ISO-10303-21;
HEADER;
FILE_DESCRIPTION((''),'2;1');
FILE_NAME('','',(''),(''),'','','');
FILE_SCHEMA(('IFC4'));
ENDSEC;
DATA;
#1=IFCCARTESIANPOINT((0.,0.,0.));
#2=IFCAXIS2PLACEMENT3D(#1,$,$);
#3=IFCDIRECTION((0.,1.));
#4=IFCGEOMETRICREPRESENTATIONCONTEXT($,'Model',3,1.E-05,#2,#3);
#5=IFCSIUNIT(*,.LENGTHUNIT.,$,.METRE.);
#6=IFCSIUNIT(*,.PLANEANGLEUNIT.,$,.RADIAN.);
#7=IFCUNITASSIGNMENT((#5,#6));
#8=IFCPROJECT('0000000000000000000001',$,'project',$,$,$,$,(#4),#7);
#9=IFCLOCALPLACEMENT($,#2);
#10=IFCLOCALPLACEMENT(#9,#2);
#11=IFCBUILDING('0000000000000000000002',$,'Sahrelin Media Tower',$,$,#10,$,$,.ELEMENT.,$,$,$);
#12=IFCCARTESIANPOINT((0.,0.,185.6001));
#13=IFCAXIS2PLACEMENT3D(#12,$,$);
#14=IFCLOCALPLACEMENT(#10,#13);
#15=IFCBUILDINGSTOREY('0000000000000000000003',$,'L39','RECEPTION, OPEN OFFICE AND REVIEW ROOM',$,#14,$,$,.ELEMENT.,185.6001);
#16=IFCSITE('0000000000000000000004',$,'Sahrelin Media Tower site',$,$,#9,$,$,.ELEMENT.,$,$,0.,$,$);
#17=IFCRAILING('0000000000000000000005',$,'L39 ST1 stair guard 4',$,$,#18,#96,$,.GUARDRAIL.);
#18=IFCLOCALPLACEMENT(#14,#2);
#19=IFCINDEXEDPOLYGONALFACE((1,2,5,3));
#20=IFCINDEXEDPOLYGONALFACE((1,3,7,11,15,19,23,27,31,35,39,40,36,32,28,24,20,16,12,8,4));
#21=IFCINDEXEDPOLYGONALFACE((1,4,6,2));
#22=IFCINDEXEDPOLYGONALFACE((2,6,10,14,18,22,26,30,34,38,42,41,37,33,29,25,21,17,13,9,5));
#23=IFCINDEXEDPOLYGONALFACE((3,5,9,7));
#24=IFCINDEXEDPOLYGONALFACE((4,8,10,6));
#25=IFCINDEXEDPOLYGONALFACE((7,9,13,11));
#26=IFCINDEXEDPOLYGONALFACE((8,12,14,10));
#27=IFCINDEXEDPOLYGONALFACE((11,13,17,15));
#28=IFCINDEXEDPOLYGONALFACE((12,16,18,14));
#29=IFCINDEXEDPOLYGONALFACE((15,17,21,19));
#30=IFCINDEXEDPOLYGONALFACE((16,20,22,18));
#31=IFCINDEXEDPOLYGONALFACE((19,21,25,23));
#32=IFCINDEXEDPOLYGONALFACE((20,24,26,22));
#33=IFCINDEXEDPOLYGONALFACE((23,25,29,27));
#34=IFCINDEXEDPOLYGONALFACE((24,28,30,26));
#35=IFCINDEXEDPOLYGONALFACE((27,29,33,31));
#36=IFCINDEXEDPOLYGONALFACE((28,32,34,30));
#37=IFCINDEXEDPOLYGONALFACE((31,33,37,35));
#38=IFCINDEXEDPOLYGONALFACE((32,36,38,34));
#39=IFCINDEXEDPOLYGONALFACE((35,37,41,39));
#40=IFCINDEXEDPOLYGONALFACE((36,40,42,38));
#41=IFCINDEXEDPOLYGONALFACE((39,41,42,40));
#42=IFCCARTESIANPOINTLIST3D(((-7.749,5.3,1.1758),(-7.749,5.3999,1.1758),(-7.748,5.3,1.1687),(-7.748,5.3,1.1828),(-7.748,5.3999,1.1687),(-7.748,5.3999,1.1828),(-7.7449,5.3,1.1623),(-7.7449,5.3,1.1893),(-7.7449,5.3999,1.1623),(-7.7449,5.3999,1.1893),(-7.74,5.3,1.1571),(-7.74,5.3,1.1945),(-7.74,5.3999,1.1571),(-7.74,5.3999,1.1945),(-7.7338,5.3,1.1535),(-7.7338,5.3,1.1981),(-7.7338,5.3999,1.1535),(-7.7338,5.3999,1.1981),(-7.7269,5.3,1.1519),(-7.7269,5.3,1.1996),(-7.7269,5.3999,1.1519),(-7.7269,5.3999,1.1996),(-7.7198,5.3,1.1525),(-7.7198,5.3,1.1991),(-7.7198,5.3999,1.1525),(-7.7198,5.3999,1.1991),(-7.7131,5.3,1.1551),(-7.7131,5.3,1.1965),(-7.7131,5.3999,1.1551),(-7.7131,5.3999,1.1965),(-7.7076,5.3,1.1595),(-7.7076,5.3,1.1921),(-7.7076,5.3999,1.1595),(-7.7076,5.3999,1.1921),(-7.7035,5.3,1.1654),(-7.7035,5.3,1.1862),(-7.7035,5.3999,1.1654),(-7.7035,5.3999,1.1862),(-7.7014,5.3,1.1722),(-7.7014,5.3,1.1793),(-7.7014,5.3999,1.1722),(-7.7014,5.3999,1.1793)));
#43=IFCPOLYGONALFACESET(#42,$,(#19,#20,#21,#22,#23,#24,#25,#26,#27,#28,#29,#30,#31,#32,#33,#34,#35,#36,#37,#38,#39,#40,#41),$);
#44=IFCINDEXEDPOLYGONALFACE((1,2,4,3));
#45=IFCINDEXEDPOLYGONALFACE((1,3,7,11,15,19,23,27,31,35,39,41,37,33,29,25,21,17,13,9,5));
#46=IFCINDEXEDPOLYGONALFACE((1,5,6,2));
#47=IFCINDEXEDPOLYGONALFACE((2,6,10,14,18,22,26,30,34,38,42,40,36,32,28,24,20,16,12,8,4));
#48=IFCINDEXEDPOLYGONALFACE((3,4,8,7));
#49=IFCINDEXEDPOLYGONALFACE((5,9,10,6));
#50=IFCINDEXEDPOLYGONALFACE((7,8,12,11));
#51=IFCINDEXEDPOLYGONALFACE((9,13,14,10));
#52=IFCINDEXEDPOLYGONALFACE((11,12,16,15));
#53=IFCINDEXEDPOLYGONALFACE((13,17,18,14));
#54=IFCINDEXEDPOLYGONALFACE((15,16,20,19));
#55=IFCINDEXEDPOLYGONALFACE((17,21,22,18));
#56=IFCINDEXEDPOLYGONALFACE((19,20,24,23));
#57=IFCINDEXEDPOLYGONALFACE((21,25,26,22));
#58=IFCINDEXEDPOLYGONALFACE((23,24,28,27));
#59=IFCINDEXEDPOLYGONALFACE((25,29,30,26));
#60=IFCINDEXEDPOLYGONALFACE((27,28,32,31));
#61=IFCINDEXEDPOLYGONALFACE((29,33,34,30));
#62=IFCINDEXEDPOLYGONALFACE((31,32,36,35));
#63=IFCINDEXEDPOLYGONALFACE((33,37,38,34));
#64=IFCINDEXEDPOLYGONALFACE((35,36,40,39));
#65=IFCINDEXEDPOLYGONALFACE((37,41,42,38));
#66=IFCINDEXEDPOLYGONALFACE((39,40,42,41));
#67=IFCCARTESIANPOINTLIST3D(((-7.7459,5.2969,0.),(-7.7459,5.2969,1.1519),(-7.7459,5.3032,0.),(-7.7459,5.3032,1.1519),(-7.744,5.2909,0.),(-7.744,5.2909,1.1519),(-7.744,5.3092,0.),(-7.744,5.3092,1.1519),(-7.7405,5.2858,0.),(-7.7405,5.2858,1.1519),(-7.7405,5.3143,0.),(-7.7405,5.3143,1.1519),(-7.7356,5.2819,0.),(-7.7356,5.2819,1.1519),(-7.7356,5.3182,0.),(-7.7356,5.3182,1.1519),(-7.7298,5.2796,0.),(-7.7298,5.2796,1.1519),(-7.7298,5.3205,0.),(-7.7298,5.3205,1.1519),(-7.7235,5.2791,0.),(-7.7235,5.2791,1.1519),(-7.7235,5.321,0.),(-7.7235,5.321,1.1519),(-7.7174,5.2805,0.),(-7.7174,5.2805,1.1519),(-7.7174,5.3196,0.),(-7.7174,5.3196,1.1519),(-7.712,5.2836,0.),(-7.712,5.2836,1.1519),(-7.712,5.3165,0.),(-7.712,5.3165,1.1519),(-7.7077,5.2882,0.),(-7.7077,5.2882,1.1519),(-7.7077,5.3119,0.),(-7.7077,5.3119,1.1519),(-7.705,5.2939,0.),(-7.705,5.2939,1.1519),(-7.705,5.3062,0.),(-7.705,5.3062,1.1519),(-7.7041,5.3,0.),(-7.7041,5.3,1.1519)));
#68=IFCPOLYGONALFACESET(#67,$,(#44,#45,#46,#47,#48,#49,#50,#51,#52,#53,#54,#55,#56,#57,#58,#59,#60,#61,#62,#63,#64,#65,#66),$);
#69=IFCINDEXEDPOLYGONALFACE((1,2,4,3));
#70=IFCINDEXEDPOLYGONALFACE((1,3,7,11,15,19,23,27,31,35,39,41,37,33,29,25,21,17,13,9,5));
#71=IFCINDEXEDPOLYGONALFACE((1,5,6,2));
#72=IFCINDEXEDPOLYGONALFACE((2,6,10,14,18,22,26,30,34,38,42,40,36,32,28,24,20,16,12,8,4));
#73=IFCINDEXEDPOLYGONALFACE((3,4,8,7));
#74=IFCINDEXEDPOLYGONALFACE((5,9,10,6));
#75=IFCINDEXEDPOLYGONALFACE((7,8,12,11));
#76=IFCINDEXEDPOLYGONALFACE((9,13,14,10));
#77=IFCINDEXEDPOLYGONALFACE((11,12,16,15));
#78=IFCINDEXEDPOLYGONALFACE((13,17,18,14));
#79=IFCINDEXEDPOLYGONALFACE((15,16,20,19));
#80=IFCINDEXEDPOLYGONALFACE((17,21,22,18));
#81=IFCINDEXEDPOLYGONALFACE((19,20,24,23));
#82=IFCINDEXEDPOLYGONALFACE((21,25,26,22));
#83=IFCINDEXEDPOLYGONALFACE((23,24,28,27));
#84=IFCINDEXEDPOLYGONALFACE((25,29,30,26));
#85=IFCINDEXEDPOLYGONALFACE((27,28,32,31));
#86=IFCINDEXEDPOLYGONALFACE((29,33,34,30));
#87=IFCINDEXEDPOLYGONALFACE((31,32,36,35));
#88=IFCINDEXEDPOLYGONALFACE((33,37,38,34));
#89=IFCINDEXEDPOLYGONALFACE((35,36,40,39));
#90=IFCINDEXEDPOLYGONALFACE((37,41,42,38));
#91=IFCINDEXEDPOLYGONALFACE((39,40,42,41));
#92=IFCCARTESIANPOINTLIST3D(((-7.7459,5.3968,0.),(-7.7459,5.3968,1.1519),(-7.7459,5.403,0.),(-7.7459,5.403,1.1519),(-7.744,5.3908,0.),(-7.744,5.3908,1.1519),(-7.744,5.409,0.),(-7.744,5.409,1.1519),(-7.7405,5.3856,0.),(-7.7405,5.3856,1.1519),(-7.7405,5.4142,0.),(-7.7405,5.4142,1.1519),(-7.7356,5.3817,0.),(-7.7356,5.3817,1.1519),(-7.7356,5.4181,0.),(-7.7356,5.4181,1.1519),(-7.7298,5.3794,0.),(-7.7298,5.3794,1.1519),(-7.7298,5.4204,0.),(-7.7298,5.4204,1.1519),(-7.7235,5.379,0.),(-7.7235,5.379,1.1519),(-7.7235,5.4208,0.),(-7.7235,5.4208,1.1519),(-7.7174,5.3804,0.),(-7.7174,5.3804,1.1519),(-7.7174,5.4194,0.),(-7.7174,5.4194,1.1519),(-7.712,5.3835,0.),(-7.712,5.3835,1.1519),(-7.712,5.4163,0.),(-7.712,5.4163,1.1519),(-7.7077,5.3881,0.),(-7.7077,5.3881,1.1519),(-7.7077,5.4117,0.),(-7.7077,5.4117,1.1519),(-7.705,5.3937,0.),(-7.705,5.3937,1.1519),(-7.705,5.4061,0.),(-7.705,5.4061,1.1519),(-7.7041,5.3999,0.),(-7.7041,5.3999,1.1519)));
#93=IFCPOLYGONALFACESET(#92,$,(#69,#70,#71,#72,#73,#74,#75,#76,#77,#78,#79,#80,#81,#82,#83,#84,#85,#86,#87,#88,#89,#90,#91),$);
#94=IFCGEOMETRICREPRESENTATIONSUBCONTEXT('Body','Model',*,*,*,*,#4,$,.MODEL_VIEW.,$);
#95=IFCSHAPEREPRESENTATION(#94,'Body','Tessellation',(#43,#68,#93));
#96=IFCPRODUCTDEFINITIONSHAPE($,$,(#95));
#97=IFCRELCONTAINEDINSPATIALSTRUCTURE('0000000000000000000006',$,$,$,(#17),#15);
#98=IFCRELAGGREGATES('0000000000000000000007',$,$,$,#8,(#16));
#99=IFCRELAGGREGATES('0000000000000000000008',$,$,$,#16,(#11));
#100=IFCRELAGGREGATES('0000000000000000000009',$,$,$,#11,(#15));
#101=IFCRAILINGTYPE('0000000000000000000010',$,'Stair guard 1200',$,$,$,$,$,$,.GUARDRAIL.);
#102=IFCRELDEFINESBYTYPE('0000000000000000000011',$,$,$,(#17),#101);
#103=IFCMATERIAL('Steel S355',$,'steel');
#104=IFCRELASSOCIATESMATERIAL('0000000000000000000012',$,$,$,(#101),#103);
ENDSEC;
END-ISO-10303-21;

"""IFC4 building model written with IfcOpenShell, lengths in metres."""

from ifc_helpers import new_model, si_unit, direction, frame, origin, origin_2d, place, context, subcontext, project, spatial, circle, extrude, material, type_object, element, save


model = new_model("IFC4")

# Units and contexts
model_context = context("Model", 3, precision=1e-05, world=origin(), true_north=direction((0.0, 1.0)))
body_context = subcontext(model_context, "Body", "Model", "MODEL_VIEW")
ifc_project = project(units=[si_unit("LENGTHUNIT", "METRE"), si_unit("PLANEANGLEUNIT", "RADIAN")], contexts=[model_context])

# Site, building, storey
site_placement = place(None, origin())
site = spatial("IfcSite", under=ifc_project, at=site_placement, Name="Sahrelin Media Tower site", CompositionType="ELEMENT", RefElevation=0.0)
building_placement = place(site_placement, origin())
building = spatial("IfcBuilding", under=site, at=building_placement, Name="Sahrelin Media Tower", CompositionType="ELEMENT")
storey_placement = place(building_placement, frame((0.0, 0.0, 185.6001)))
storey = spatial("IfcBuildingStorey", under=building, at=storey_placement, Name="L39", Description="RECEPTION, OPEN OFFICE AND REVIEW ROOM", CompositionType="ELEMENT", Elevation=185.6001)

# Shared definitions
ifc_material_1 = material(Name="Steel S355", Category="steel")

# Railing
railing_type_1 = type_object("IfcRailingType", Name="Stair guard 1200", PredefinedType="GUARDRAIL", material=ifc_material_1)
railing_1_placement = place(storey_placement, frame((-7.7251, 5.3, 0.0)))
element("IfcRailing", 1, at=railing_1_placement, inside=storey, type_object=railing_type_1, Name="L39 ST1 stair guard 4", PredefinedType="GUARDRAIL", context=body_context, shape_type="SweptSolid", body=[
    extrude(circle(Radius=0.0239, at=origin_2d()), frame((0.0, 0.0, 1.1758), z_axis=(0.0, 1.0, 0.0), x_axis=(-1.0, 0.0, 0.0)), (0.0, 0.0, 1.0), 0.0999),
    extrude(circle(Radius=0.021, at=origin_2d()), origin(), (0.0, 0.0, 1.0), 1.1519),
    extrude(circle(Radius=0.021, at=origin_2d()), frame((0.0, 0.0999, 0.0)), (0.0, 0.0, 1.0), 1.1519),
])

save(model, "model.ifc")
